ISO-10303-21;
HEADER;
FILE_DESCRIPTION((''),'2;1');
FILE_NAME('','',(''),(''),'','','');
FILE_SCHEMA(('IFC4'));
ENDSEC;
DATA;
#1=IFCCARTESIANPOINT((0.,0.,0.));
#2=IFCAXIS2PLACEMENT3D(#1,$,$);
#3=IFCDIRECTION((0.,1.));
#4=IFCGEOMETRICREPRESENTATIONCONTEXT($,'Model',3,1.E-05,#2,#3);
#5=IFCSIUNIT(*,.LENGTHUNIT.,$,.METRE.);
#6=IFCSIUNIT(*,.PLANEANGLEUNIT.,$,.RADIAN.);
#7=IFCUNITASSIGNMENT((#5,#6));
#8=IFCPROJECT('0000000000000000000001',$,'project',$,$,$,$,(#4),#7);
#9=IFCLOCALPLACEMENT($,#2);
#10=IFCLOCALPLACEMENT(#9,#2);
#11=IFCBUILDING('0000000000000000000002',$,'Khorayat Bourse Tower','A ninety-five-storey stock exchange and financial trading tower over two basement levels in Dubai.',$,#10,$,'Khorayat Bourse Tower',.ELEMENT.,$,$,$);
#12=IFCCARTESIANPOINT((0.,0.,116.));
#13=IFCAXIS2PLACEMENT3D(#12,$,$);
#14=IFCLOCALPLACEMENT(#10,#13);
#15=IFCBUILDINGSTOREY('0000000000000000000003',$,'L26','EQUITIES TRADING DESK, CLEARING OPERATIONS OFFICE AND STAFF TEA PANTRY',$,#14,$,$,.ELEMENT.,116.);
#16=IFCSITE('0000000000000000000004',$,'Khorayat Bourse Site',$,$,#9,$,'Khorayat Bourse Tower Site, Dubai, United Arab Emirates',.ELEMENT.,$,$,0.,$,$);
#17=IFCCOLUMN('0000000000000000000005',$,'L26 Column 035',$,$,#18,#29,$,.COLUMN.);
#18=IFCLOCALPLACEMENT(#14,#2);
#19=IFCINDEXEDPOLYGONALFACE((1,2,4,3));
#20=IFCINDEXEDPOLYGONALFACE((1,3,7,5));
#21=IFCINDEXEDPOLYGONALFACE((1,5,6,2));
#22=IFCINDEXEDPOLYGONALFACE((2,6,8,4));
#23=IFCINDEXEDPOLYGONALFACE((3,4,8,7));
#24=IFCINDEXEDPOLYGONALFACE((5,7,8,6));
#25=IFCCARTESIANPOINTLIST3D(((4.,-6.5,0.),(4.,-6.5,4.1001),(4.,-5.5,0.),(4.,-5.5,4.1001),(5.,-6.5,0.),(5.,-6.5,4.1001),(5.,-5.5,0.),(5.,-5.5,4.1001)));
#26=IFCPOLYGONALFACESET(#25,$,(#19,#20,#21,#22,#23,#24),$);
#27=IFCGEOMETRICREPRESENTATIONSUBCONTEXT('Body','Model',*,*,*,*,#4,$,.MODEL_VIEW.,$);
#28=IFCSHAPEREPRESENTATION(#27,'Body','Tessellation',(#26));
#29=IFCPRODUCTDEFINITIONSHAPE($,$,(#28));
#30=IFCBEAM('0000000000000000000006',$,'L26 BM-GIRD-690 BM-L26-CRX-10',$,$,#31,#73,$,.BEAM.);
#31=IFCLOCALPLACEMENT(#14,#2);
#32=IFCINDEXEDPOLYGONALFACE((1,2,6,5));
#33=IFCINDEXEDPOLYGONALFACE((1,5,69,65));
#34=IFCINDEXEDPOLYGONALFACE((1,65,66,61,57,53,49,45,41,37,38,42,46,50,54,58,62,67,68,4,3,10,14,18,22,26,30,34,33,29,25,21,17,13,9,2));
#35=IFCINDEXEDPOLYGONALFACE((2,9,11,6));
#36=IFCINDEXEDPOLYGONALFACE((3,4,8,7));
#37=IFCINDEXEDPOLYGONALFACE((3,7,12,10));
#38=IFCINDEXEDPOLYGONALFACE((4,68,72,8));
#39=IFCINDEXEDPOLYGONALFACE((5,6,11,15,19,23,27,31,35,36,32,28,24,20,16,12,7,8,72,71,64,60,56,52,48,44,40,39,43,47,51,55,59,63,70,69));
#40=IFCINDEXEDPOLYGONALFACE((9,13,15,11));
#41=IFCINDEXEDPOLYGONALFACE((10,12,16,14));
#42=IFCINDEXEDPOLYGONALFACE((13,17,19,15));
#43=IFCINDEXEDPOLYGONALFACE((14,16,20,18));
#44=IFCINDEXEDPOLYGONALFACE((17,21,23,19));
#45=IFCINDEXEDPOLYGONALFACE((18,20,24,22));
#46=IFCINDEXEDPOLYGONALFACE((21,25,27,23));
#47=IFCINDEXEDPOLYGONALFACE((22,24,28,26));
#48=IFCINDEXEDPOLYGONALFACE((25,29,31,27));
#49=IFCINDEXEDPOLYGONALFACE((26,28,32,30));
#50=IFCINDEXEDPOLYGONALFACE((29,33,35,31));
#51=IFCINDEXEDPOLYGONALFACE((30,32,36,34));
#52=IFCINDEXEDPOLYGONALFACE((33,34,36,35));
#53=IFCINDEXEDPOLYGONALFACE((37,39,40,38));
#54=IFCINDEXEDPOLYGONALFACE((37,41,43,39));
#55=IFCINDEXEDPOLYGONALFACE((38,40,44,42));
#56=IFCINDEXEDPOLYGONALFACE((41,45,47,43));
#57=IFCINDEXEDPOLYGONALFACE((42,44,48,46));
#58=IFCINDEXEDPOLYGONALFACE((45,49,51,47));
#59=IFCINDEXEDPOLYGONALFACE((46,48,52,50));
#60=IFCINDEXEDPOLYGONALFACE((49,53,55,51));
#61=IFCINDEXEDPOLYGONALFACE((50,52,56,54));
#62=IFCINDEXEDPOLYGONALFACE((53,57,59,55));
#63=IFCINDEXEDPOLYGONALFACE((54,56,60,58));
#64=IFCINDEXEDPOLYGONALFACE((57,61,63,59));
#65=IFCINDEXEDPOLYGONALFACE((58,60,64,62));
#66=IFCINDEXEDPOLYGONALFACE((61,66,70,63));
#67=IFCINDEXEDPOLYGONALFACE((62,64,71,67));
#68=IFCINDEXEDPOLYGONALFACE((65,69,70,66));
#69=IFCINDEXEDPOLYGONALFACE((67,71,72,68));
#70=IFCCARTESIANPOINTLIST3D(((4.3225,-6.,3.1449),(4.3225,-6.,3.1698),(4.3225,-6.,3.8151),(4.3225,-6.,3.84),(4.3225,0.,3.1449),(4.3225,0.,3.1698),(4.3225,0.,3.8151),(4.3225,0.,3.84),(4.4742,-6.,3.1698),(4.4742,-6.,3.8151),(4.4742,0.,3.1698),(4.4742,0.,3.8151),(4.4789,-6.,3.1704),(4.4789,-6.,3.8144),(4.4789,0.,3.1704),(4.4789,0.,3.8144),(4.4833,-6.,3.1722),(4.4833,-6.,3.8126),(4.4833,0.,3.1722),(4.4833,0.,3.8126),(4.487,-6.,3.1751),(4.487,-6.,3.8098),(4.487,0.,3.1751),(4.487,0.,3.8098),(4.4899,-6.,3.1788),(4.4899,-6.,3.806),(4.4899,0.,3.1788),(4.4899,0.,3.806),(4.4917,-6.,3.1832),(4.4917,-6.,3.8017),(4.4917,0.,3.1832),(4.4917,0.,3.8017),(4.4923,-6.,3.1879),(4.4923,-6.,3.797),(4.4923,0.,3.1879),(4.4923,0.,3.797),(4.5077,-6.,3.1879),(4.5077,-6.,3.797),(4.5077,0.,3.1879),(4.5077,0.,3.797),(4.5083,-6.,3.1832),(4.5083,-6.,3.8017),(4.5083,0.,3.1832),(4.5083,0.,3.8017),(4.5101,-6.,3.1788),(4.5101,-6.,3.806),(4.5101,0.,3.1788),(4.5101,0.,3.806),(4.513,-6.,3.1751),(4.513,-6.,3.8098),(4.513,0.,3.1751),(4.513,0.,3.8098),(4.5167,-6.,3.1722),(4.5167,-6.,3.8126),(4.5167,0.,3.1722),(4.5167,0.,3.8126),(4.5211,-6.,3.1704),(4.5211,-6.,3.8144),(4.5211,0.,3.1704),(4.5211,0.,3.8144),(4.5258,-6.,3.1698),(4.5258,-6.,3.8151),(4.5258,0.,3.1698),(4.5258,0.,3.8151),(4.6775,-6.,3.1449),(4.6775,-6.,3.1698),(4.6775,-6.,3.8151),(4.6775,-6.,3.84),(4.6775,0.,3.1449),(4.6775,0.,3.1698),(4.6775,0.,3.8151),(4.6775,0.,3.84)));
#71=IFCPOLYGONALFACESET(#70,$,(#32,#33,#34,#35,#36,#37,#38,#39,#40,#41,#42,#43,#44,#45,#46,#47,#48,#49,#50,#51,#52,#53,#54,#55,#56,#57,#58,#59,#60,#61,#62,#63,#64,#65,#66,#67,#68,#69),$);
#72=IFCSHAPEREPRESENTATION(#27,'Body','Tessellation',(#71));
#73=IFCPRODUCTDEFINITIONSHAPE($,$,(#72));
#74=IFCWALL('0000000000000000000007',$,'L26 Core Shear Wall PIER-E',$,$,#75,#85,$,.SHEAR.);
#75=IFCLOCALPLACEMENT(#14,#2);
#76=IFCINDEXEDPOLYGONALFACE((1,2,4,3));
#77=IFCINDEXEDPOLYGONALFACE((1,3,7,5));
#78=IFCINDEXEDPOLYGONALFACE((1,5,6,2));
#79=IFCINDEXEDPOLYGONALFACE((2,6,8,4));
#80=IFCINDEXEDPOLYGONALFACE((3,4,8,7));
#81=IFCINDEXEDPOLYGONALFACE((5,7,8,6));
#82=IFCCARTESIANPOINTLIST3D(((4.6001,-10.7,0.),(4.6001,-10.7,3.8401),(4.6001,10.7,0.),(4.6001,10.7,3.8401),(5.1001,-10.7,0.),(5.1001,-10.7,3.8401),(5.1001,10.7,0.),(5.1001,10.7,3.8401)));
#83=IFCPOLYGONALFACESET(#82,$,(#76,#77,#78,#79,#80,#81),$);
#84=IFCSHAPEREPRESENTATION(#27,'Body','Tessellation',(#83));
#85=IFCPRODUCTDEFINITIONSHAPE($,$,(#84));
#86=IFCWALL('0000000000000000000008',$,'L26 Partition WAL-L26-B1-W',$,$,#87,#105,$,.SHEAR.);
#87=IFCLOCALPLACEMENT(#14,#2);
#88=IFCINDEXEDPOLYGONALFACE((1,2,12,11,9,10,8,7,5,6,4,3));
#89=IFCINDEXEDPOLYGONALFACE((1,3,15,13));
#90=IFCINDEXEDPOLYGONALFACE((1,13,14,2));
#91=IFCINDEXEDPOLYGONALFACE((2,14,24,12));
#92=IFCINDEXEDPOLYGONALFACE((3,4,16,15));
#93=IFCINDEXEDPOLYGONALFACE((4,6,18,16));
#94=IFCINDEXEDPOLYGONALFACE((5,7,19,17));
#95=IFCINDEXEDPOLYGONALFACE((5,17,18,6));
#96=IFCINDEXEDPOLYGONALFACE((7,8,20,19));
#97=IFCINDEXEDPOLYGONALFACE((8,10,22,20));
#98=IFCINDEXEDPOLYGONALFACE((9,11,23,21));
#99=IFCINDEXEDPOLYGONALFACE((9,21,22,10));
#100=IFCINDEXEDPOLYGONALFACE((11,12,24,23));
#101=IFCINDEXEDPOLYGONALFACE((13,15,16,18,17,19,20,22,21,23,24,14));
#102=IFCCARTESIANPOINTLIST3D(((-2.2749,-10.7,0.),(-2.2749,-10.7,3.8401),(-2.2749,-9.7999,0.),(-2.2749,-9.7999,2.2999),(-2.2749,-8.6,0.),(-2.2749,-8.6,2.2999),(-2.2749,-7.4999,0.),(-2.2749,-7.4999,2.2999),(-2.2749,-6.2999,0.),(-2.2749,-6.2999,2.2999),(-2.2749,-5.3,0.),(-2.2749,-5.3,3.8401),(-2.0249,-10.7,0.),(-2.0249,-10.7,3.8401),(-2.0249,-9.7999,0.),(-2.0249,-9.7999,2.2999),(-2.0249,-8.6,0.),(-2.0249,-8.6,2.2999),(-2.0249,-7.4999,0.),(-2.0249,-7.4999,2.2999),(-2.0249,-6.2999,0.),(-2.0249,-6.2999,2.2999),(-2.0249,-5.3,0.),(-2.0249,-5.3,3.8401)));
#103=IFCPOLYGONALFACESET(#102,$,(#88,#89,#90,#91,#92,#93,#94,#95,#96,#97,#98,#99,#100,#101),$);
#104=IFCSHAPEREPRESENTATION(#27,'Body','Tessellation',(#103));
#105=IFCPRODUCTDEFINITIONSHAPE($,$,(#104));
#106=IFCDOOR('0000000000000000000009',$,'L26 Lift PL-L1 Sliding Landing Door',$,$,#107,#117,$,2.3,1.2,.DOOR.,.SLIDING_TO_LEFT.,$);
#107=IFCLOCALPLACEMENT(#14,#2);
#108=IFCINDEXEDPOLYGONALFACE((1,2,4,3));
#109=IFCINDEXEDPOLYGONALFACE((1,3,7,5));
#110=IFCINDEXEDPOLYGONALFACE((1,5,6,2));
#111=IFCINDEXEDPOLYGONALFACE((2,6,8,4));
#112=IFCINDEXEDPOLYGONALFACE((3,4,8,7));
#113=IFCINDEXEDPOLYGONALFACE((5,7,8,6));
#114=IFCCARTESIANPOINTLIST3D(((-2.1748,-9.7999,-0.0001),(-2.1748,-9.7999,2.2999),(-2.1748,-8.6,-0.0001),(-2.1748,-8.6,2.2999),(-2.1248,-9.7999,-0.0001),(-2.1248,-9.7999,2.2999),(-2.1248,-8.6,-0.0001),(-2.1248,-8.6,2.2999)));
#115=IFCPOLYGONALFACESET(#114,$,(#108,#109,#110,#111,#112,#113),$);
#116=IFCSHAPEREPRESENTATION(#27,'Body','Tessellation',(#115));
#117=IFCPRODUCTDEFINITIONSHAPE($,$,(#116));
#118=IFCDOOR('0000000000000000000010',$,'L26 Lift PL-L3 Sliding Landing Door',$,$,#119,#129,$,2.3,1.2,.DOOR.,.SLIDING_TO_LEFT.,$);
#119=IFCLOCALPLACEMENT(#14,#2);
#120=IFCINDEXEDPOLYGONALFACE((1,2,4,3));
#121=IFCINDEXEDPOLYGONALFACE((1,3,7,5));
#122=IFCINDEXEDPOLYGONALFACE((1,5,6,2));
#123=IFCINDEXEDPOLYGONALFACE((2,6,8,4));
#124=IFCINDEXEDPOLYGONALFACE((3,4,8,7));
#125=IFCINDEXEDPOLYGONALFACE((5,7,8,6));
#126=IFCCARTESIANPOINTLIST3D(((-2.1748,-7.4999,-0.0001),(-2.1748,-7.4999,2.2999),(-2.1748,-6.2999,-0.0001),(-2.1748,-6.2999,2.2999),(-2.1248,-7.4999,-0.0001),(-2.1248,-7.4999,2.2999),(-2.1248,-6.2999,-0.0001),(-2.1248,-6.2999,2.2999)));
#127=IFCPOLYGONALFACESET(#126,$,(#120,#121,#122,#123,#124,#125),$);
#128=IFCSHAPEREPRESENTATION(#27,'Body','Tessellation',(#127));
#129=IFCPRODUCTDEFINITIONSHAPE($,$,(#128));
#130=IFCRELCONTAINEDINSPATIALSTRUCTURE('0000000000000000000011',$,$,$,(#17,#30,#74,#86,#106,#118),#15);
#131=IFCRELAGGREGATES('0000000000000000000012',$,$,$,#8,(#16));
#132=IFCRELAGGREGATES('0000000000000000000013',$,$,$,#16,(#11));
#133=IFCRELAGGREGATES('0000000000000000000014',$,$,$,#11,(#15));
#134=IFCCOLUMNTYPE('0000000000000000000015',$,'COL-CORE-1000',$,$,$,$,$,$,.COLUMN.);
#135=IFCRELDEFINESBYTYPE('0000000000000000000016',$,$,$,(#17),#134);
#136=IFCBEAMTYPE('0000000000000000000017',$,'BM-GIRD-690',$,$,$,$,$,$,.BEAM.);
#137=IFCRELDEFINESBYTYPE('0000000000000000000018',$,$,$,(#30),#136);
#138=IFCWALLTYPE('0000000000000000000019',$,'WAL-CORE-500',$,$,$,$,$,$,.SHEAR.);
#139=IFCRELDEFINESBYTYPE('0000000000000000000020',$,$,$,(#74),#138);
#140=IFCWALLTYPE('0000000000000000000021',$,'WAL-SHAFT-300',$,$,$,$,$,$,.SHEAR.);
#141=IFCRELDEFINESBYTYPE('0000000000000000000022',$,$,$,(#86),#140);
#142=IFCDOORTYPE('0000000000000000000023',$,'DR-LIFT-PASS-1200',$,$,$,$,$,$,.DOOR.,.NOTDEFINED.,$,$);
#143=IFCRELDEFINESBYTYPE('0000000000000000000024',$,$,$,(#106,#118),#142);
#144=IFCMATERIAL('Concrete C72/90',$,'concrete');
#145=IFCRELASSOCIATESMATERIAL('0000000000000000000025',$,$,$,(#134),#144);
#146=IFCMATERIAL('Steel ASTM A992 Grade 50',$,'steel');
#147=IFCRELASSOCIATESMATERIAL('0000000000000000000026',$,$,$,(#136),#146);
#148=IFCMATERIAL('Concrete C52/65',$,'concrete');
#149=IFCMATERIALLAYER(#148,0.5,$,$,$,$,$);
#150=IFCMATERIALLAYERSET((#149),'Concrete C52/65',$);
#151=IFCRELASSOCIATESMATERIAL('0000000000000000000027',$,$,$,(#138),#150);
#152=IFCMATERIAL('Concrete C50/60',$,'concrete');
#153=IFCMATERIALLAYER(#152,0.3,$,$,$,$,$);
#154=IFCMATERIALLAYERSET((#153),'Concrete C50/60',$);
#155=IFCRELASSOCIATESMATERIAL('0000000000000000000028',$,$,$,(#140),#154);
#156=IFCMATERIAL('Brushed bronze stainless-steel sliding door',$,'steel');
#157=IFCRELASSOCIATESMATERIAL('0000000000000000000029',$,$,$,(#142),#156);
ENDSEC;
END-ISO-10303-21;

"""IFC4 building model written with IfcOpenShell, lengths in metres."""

from ifc_helpers import new_model, si_unit, direction, frame, frame_2d, origin, origin_2d, place, context, subcontext, project, spatial, rectangle, i_section, extrude, source, transform, mapped, material, layer, layer_set, material_profile, profile_set, type_object, element, fill, save


model = new_model("IFC4")

# Units and contexts
model_context = context("Model", 3, precision=1e-05, world=origin(), true_north=direction((0.0, 1.0)))
body_context = subcontext(model_context, "Body", "Model", "MODEL_VIEW")
ifc_project = project(units=[si_unit("LENGTHUNIT", "METRE"), si_unit("PLANEANGLEUNIT", "RADIAN")], contexts=[model_context])

# Site, building, storey
site_placement = place(None, origin())
site = spatial("IfcSite", under=ifc_project, at=site_placement, Name="Khorayat Bourse Site", LongName="Khorayat Bourse Tower Site, Dubai, United Arab Emirates", CompositionType="ELEMENT", RefElevation=0.0)
building_placement = place(site_placement, origin())
building = spatial("IfcBuilding", under=site, at=building_placement, Name="Khorayat Bourse Tower", Description="A ninety-five-storey stock exchange and financial trading tower over two basement levels in Dubai.", LongName="Khorayat Bourse Tower", CompositionType="ELEMENT")
storey_placement = place(building_placement, frame((0.0, 0.0, 116.0)))
storey = spatial("IfcBuildingStorey", under=building, at=storey_placement, Name="L26", Description="EQUITIES TRADING DESK, CLEARING OPERATIONS OFFICE AND STAFF TEA PANTRY", CompositionType="ELEMENT", Elevation=116.0)

# Column
ifc_material_1 = material(Name="Concrete C72/90", Category="concrete")
ifc_material_profile_1 = material_profile(ifc_material_1, rectangle(XDim=1.0, YDim=1.0, at=origin_2d()), Name="RC 1000x1000")
ifc_profile_set_1 = profile_set([ifc_material_profile_1], Name="Concrete C72/90")
column_type = type_object("IfcColumnType", Name="COL-CORE-1000", PredefinedType="COLUMN", material=ifc_profile_set_1)
shared_shape_1 = source(origin(), body_context, "Body", "SweptSolid", [
    extrude(rectangle(XDim=1.0, YDim=1.0, at=origin_2d()), origin(), (0.0, 0.0, 1.0), 4.1001),
])
column_placement = place(storey_placement, frame((4.5, -6.0, 0.0), z_axis=(0.0, 0.0, 1.0), x_axis=(1.0, 0.0, 0.0)))
element("IfcColumn", 1, at=column_placement, inside=storey, type_object=column_type, Name="L26 Column 035", PredefinedType="COLUMN", context=body_context, shape_type="MappedRepresentation", body=[
    mapped(shared_shape_1, transform((0.0, 0.0, 0.0), scale=1.0)),
])

# Beam
ifc_material_2 = material(Name="Steel ASTM A992 Grade 50", Category="steel")
ifc_material_profile_2 = material_profile(ifc_material_2, i_section(OverallWidth=0.355, OverallDepth=0.6951, WebThickness=0.0154, FlangeThickness=0.0249, FilletRadius=0.0181, at=origin_2d()), Name="W690X217")
ifc_profile_set_2 = profile_set([ifc_material_profile_2], Name="Steel ASTM A992 Grade 50")
beam_type = type_object("IfcBeamType", Name="BM-GIRD-690", PredefinedType="BEAM", material=ifc_profile_set_2)
shared_shape_2 = source(origin(), body_context, "Body", "SweptSolid", [
    extrude(i_section(OverallWidth=0.355, OverallDepth=0.6951, WebThickness=0.0154, FlangeThickness=0.0249, FilletRadius=0.0181, at=origin_2d()), origin(), (0.0, 0.0, 1.0), 6.0),
])
beam_placement = place(storey_placement, frame((4.5, -6.0, 3.4924), z_axis=(0.0, 1.0, 0.0), x_axis=(-1.0, 0.0, 0.0)))
element("IfcBeam", 2, at=beam_placement, inside=storey, type_object=beam_type, Name="L26 BM-GIRD-690 BM-L26-CRX-10", PredefinedType="BEAM", context=body_context, shape_type="MappedRepresentation", body=[
    mapped(shared_shape_2, transform((0.0, 0.0, 0.0), scale=1.0)),
])

# Wall
ifc_material_3 = material(Name="Concrete C52/65", Category="concrete")
ifc_layer_1 = layer(ifc_material_3, 0.5)
ifc_layer_set_1 = layer_set([ifc_layer_1], Name="Concrete C52/65")
wall_type_1 = type_object("IfcWallType", Name="WAL-CORE-500", PredefinedType="SHEAR", material=ifc_layer_set_1)
shared_shape_3 = source(origin(), body_context, "Body", "SweptSolid", [
    extrude(rectangle(XDim=21.3999, YDim=0.5, at=frame_2d((10.7, 0.0))), origin(), (0.0, 0.0, 1.0), 3.8401),
])
wall_1_placement = place(storey_placement, frame((4.8501, -10.7, 0.0), z_axis=(0.0, 0.0, 1.0), x_axis=(0.0, 1.0, 0.0)))
element("IfcWall", 3, at=wall_1_placement, inside=storey, type_object=wall_type_1, Name="L26 Core Shear Wall PIER-E", PredefinedType="SHEAR", context=body_context, shape_type="MappedRepresentation", body=[
    mapped(shared_shape_3, transform((0.0, 0.0, 0.0), scale=1.0)),
])

# Wall, openings, doors
ifc_material_4 = material(Name="Concrete C50/60", Category="concrete")
ifc_layer_2 = layer(ifc_material_4, 0.3)
ifc_layer_set_2 = layer_set([ifc_layer_2], Name="Concrete C50/60")
wall_type_2 = type_object("IfcWallType", Name="WAL-SHAFT-300", PredefinedType="SHEAR", material=ifc_layer_set_2)
shared_shape_4 = source(origin(), body_context, "Body", "SweptSolid", [
    extrude(rectangle(XDim=5.3999, YDim=0.25, at=frame_2d((2.7, 0.0))), origin(), (0.0, 0.0, 1.0), 3.8401),
])
wall_2_placement = place(storey_placement, frame((-2.1499, -10.7, 0.0), z_axis=(0.0, 0.0, 1.0), x_axis=(0.0, 1.0, 0.0)))
wall_2 = element("IfcWall", 4, at=wall_2_placement, inside=storey, type_object=wall_type_2, Name="L26 Partition WAL-L26-B1-W", PredefinedType="SHEAR", context=body_context, shape_type="MappedRepresentation", body=[
    mapped(shared_shape_4, transform((0.0, 0.0, 0.0), scale=1.0)),
])
shared_shape_5 = source(origin(), body_context, "Body", "SweptSolid", [
    extrude(rectangle(XDim=1.2, YDim=2.3, at=frame_2d((0.6001, 1.1499))), frame((0.0, 0.135, 0.0), z_axis=(0.0, -1.0, 0.0), x_axis=(1.0, 0.0, 0.0)), (0.0, 0.0, 1.0), 0.27),
])
opening_1_placement = place(wall_2_placement, frame((0.8999, 0.0, 0.0)))
opening_1 = element("IfcOpeningElement", 5, at=opening_1_placement, cuts=wall_2, PredefinedType="OPENING", context=body_context, shape_type="MappedRepresentation", body=[
    mapped(shared_shape_5, transform((0.0, 0.0, 0.0), scale=1.0)),
])
opening_2_placement = place(wall_2_placement, frame((3.2, 0.0, 0.0)))
opening_2 = element("IfcOpeningElement", 6, at=opening_2_placement, cuts=wall_2, PredefinedType="OPENING", context=body_context, shape_type="MappedRepresentation", body=[
    mapped(shared_shape_5, transform((0.0, 0.0, 0.0), scale=1.0)),
])
ifc_material_5 = material(Name="Brushed bronze stainless-steel sliding door", Category="steel")
door_type_1 = type_object("IfcDoorType", Name="DR-LIFT-PASS-1200", OperationType="NOTDEFINED", PredefinedType="DOOR", material=ifc_material_5)
shared_shape_6 = source(origin(), body_context, "Body", "SweptSolid", [
    extrude(rectangle(XDim=1.2, YDim=2.3, at=frame_2d((0.6001, 1.1499))), frame((0.0, 0.0249, 0.0), z_axis=(0.0, -1.0, 0.0), x_axis=(1.0, 0.0, 0.0)), (0.0, 0.0, 1.0), 0.05),
])
door_1_placement = place(opening_1_placement, origin())
door_1 = element("IfcDoor", 7, at=door_1_placement, inside=storey, type_object=door_type_1, Name="L26 Lift PL-L1 Sliding Landing Door", OperationType="SLIDING_TO_LEFT", OverallHeight=2.3, OverallWidth=1.2, PredefinedType="DOOR", context=body_context, shape_type="MappedRepresentation", body=[
    mapped(shared_shape_6, transform((0.0, 0.0, 0.0), scale=1.0)),
])
fill(opening_1, door_1)
door_2_placement = place(opening_2_placement, origin())
door_2 = element("IfcDoor", 8, at=door_2_placement, inside=storey, type_object=door_type_1, Name="L26 Lift PL-L3 Sliding Landing Door", OperationType="SLIDING_TO_LEFT", OverallHeight=2.3, OverallWidth=1.2, PredefinedType="DOOR", context=body_context, shape_type="MappedRepresentation", body=[
    mapped(shared_shape_6, transform((0.0, 0.0, 0.0), scale=1.0)),
])
fill(opening_2, door_2)

save(model, "model.ifc")
